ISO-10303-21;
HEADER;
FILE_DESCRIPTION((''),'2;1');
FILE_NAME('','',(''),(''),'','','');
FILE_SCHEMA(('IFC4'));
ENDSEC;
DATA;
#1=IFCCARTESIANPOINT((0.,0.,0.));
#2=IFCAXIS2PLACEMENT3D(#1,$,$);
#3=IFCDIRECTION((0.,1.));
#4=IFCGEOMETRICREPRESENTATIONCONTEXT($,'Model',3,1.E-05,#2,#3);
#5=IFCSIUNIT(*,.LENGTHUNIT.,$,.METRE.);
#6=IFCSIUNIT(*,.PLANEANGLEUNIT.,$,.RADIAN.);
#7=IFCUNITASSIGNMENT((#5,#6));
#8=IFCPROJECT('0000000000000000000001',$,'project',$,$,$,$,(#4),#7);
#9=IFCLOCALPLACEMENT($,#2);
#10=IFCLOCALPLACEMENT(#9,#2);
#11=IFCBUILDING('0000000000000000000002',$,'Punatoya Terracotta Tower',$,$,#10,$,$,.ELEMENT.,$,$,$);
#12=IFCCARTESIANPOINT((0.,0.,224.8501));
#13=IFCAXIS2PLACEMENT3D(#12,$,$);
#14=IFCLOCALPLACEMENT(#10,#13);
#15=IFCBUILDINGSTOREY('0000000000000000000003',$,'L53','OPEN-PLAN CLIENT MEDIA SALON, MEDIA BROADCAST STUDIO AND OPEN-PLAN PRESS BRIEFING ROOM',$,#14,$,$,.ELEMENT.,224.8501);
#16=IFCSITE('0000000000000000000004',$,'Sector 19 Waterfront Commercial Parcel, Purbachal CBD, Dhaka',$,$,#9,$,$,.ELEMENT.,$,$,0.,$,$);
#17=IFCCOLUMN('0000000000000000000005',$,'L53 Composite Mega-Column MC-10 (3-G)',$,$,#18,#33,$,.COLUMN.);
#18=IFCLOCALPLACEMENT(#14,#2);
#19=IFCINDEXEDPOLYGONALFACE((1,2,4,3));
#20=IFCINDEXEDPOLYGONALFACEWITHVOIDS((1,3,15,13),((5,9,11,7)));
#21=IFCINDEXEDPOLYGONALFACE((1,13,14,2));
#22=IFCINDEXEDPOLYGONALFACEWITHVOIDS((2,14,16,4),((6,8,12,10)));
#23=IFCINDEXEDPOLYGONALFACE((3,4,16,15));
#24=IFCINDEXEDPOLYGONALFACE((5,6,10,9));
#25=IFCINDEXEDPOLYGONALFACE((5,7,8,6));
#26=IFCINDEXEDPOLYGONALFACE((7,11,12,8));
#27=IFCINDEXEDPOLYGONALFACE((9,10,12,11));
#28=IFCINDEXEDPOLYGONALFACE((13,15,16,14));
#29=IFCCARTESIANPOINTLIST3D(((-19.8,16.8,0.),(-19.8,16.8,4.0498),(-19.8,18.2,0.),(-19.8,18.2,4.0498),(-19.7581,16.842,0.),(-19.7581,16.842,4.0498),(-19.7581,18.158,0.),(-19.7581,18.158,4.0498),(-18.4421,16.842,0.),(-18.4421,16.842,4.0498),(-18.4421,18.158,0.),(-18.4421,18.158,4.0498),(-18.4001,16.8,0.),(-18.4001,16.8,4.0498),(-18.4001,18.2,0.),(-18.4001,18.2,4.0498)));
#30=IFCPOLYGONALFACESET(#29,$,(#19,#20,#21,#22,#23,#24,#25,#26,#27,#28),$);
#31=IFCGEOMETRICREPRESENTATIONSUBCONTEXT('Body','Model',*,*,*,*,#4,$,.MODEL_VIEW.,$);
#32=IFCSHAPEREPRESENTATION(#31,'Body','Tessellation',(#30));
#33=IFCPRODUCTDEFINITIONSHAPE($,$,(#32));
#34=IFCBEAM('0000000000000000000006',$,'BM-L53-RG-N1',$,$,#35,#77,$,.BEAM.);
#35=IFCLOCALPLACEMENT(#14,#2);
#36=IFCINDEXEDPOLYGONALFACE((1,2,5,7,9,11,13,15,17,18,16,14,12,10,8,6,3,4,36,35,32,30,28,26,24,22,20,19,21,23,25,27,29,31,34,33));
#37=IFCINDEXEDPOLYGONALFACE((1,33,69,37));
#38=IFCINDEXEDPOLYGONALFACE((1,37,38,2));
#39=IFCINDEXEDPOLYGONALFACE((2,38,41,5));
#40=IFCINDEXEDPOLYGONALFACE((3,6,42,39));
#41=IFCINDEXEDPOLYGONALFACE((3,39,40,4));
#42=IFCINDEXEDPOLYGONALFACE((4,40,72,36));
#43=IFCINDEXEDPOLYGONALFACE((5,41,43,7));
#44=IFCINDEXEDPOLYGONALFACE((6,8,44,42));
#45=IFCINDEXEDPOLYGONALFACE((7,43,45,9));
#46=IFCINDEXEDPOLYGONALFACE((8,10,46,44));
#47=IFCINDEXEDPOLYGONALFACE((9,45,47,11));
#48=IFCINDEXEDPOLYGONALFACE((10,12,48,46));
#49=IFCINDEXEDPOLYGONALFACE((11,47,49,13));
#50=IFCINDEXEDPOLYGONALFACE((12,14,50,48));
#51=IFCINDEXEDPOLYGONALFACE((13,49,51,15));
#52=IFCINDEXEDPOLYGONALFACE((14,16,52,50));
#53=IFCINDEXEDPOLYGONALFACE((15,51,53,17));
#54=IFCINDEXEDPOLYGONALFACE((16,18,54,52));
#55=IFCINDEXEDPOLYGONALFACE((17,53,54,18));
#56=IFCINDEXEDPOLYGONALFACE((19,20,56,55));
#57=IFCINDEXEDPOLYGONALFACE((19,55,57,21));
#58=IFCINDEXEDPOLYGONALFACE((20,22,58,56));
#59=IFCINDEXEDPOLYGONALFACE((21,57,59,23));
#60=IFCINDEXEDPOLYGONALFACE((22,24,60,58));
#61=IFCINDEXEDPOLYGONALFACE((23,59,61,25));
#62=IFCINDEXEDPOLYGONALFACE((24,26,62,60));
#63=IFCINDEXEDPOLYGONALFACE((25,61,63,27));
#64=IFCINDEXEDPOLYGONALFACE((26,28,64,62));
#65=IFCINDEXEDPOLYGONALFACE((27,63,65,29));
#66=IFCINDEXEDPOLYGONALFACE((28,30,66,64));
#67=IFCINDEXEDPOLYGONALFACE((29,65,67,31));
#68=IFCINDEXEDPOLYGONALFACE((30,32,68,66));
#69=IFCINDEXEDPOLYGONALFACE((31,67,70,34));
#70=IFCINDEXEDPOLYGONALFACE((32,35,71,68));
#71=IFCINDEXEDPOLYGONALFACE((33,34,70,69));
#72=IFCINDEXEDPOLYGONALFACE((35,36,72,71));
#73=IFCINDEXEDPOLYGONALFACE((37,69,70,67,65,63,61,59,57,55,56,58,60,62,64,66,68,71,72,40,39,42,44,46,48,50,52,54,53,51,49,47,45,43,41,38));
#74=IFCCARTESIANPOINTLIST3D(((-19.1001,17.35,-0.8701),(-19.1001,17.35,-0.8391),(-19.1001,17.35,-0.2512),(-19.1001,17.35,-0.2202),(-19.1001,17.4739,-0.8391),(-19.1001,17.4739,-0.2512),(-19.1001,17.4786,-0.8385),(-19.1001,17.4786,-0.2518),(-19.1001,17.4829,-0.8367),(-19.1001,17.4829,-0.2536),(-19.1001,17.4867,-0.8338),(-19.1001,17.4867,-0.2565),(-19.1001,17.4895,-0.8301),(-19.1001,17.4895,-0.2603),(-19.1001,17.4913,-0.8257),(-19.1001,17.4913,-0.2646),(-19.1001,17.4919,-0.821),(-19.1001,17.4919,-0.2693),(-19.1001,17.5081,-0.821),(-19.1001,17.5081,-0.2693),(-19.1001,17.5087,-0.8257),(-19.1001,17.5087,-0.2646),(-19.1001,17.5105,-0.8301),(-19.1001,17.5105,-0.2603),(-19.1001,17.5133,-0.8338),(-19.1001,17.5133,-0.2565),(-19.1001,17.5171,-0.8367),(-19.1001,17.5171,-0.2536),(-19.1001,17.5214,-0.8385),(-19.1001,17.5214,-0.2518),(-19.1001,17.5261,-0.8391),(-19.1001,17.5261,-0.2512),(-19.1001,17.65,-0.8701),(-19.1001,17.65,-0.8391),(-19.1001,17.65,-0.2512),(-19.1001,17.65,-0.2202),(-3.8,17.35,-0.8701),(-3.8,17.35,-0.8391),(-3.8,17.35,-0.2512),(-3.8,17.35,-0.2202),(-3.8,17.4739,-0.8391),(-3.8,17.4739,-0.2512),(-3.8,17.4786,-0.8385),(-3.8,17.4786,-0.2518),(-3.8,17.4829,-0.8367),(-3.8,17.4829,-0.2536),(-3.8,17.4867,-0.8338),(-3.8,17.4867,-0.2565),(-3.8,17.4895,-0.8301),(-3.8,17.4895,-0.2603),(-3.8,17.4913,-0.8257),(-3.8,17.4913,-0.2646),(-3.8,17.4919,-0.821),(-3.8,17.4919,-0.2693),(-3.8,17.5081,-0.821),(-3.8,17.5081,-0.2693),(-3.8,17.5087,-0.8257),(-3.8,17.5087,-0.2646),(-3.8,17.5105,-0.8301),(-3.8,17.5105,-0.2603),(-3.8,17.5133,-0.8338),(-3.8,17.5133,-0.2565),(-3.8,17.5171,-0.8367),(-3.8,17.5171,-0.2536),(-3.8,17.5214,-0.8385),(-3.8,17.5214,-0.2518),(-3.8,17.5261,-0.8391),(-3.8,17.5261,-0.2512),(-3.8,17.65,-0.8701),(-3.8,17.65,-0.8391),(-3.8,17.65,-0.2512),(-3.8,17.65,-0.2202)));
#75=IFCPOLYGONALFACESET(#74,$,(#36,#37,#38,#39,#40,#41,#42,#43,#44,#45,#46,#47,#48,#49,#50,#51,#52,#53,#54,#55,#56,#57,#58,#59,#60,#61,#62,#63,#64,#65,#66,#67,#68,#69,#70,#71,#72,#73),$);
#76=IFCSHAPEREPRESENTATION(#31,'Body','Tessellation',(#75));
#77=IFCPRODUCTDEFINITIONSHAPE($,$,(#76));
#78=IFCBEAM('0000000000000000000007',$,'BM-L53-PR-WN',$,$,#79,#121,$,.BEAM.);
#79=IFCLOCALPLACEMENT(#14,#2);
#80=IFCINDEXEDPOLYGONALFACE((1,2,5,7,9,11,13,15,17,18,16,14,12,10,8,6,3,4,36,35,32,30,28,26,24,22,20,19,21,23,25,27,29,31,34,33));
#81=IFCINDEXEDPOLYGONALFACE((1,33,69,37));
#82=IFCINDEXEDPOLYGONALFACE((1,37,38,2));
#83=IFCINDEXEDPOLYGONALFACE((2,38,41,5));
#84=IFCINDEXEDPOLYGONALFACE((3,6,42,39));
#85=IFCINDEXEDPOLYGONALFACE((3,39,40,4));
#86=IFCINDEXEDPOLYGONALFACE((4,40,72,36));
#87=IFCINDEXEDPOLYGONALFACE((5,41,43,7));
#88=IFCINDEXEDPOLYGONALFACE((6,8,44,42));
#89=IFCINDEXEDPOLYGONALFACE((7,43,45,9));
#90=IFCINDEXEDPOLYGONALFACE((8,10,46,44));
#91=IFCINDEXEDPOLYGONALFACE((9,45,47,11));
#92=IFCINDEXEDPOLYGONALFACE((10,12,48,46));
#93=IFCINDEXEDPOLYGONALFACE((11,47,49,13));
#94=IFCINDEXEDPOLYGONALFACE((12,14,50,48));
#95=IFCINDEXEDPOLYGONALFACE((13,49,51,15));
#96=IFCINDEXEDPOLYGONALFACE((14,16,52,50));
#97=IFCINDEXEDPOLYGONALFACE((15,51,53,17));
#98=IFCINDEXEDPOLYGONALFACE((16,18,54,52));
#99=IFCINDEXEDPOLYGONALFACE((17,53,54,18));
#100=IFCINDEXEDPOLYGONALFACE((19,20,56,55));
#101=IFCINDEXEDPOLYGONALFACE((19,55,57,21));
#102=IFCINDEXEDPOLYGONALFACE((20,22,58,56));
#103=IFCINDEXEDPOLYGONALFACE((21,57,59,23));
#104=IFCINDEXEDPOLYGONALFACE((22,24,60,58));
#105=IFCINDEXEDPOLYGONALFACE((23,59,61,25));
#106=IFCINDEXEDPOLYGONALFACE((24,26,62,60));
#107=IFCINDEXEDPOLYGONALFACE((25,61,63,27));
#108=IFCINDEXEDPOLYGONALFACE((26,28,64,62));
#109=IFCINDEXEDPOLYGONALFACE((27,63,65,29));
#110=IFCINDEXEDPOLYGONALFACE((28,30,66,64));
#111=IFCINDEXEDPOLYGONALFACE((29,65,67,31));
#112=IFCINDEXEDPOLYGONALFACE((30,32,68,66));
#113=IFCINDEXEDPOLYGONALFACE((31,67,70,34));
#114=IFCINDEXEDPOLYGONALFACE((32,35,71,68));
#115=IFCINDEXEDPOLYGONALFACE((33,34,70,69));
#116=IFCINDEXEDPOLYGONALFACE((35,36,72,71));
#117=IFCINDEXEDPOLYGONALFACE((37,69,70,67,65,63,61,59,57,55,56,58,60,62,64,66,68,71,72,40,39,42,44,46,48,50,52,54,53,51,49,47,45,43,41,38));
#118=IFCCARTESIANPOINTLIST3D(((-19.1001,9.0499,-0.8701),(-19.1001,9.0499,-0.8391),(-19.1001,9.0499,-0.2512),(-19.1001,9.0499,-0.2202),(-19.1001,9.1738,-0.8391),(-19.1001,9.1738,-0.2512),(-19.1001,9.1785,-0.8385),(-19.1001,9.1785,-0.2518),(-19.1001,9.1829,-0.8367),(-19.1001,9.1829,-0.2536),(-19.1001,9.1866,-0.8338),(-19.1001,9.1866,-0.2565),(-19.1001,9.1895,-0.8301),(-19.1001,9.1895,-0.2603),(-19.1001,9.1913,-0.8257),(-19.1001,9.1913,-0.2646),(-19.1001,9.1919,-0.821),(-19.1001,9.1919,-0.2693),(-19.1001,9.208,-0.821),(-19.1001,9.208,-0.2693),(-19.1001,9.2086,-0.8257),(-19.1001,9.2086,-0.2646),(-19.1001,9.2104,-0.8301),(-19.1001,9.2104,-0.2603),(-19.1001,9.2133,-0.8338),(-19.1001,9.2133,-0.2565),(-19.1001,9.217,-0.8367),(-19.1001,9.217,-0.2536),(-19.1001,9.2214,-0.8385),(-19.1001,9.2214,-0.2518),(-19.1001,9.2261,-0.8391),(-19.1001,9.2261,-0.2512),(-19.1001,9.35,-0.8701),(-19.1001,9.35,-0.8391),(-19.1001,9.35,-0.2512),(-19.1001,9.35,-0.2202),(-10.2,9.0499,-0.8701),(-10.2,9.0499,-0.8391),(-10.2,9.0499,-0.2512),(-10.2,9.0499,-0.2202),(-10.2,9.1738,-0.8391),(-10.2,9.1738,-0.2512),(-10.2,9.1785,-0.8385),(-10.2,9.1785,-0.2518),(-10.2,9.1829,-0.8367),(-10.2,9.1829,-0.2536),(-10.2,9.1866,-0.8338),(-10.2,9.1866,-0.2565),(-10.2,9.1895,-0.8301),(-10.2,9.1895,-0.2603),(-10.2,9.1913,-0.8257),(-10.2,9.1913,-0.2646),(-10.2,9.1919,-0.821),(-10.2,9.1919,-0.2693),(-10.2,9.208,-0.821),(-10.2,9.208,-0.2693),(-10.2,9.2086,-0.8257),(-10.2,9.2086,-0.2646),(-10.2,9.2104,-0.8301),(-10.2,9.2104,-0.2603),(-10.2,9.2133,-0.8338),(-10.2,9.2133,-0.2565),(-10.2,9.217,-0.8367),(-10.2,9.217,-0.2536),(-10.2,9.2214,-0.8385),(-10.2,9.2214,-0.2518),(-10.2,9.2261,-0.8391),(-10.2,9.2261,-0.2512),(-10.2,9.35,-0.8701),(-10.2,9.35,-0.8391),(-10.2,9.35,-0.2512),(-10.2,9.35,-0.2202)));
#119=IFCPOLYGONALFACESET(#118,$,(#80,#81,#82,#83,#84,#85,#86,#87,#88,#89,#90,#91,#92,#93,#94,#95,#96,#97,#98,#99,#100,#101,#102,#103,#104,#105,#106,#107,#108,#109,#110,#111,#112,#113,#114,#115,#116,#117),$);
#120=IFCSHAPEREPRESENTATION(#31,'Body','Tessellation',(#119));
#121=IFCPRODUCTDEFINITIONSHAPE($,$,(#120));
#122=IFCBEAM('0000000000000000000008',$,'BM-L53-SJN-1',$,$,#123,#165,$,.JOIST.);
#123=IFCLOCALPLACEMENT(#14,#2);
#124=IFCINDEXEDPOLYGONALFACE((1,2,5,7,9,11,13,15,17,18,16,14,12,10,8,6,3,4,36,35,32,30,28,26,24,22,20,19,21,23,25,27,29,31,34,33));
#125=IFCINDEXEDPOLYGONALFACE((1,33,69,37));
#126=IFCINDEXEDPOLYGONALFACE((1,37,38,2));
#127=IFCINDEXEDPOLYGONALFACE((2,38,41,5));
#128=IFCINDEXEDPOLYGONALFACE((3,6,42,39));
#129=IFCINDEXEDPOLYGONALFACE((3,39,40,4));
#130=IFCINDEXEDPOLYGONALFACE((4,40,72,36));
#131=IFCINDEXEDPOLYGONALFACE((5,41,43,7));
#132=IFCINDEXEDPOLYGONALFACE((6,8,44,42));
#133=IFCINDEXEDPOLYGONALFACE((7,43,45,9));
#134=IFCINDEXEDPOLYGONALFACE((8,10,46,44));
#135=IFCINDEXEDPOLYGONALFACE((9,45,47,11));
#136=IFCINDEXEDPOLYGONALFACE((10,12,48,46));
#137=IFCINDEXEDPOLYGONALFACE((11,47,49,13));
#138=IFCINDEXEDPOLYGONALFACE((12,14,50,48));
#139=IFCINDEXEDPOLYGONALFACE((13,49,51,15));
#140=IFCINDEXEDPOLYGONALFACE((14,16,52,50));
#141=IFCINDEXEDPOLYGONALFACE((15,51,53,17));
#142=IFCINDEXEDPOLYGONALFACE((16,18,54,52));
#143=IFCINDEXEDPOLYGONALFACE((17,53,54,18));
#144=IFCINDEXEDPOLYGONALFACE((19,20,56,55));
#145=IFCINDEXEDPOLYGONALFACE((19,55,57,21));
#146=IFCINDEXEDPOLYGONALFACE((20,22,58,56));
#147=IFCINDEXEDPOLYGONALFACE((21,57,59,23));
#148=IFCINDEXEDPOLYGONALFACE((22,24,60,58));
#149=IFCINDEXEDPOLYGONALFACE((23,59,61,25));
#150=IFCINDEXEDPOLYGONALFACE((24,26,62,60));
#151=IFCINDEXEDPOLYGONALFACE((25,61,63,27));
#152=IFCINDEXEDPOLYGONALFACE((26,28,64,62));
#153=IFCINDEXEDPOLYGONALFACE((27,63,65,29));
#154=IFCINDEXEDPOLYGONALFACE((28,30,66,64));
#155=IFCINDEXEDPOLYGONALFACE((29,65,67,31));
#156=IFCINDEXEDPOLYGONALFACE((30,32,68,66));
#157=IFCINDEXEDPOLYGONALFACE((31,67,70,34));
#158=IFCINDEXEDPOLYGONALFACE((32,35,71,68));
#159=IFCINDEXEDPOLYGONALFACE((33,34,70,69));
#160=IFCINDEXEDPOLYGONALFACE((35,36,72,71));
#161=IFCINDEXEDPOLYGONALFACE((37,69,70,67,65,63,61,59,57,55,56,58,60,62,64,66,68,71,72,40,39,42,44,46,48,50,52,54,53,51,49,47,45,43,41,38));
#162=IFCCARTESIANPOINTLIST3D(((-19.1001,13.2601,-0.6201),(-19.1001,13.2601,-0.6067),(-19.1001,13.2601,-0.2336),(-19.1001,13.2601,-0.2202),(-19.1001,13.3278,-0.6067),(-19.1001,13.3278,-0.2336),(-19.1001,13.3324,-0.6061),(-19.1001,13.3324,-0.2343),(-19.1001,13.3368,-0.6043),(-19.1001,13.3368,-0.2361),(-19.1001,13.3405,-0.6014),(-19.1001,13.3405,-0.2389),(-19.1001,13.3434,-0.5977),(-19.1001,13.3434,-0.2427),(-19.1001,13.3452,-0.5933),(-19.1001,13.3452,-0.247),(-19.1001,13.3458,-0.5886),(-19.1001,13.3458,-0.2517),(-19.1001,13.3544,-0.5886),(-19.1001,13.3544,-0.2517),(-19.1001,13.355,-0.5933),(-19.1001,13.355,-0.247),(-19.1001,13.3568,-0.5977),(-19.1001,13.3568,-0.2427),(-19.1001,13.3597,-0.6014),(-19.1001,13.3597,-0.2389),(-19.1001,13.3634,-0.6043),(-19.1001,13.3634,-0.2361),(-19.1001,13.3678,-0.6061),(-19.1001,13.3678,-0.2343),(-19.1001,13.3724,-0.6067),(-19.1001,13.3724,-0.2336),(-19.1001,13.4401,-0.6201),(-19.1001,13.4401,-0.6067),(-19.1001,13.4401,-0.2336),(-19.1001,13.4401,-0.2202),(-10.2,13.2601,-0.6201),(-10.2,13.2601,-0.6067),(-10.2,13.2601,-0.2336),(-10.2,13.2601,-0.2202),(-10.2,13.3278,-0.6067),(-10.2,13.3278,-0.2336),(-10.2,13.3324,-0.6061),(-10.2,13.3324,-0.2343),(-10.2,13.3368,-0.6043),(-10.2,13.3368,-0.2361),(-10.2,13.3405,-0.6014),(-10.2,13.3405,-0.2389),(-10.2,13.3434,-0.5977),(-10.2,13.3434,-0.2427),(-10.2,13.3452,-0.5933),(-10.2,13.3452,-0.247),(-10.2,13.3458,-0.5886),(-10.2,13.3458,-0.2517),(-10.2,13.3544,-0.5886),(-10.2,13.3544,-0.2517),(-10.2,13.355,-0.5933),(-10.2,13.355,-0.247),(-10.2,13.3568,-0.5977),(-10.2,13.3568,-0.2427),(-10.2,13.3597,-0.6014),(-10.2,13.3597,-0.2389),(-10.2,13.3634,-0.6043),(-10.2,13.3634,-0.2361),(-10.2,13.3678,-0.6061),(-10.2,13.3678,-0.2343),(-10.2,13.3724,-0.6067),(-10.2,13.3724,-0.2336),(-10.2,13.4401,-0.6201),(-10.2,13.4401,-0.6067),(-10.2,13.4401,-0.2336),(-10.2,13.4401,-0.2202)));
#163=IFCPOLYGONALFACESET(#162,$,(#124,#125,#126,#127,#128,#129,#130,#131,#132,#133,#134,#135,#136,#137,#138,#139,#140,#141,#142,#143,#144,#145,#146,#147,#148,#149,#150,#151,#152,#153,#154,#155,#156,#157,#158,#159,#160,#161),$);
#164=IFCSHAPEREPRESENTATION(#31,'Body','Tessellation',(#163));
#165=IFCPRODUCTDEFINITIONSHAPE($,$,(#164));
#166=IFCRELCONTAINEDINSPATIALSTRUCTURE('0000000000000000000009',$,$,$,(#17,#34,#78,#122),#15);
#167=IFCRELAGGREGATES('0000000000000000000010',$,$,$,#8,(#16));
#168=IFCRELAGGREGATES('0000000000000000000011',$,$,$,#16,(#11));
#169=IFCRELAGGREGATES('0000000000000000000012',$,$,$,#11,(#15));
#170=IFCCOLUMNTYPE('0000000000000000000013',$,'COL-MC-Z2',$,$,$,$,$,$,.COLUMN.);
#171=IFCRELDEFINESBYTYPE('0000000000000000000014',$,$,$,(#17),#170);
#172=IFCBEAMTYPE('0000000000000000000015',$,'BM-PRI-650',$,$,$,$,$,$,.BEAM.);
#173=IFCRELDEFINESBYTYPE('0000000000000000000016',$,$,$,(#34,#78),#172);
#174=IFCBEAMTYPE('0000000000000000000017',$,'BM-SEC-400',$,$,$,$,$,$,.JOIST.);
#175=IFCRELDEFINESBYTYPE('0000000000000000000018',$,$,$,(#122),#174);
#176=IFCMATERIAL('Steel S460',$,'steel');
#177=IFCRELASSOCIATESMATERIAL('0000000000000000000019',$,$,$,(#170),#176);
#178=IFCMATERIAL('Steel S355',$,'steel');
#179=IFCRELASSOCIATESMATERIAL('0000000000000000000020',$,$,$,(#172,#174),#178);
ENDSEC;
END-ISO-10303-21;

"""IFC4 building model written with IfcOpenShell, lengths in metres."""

from ifc_helpers import new_model, si_unit, direction, frame, origin, origin_2d, place, context, subcontext, project, spatial, hollow_rectangle, i_section, extrude, material, material_profile, profile_set, type_object, element, save


model = new_model("IFC4")

# Units and contexts
model_context = context("Model", 3, precision=1e-05, world=origin(), true_north=direction((0.0, 1.0)))
body_context = subcontext(model_context, "Body", "Model", "MODEL_VIEW")
ifc_project = project(units=[si_unit("LENGTHUNIT", "METRE"), si_unit("PLANEANGLEUNIT", "RADIAN")], contexts=[model_context])

# Site, building, storey
site_placement = place(None, origin())
site = spatial("IfcSite", under=ifc_project, at=site_placement, Name="Sector 19 Waterfront Commercial Parcel, Purbachal CBD, Dhaka", CompositionType="ELEMENT", RefElevation=0.0)
building_placement = place(site_placement, origin())
building = spatial("IfcBuilding", under=site, at=building_placement, Name="Punatoya Terracotta Tower", CompositionType="ELEMENT")
storey_placement = place(building_placement, frame((0.0, 0.0, 224.8501)))
storey = spatial("IfcBuildingStorey", under=building, at=storey_placement, Name="L53", Description="OPEN-PLAN CLIENT MEDIA SALON, MEDIA BROADCAST STUDIO AND OPEN-PLAN PRESS BRIEFING ROOM", CompositionType="ELEMENT", Elevation=224.8501)

# Column
ifc_material_1 = material(Name="Steel S460", Category="steel")
ifc_material_profile_1 = material_profile(ifc_material_1, hollow_rectangle(XDim=1.3999, YDim=1.3999, WallThickness=0.042, at=origin_2d()))
ifc_profile_set_1 = profile_set([ifc_material_profile_1], Name="Steel S460")
column_type = type_object("IfcColumnType", Name="COL-MC-Z2", PredefinedType="COLUMN", material=ifc_profile_set_1)
column_placement = place(storey_placement, frame((-19.1001, 17.5, 0.0), z_axis=(0.0, 0.0, 1.0), x_axis=(1.0, 0.0, 0.0)))
element("IfcColumn", 1, at=column_placement, inside=storey, type_object=column_type, Name="L53 Composite Mega-Column MC-10 (3-G)", PredefinedType="COLUMN", context=body_context, shape_type="SweptSolid", body=[
    extrude(hollow_rectangle(XDim=1.3999, YDim=1.3999, WallThickness=0.042, at=origin_2d()), origin(), (0.0, 0.0, 1.0), 4.0498),
])

# Beams
ifc_material_2 = material(Name="Steel S355", Category="steel")
ifc_material_profile_2 = material_profile(ifc_material_2, i_section(OverallWidth=0.3, OverallDepth=0.6499, WebThickness=0.0161, FlangeThickness=0.031, FilletRadius=0.0181, at=origin_2d()))
ifc_profile_set_2 = profile_set([ifc_material_profile_2], Name="Steel S355")
beam_type_1 = type_object("IfcBeamType", Name="BM-PRI-650", PredefinedType="BEAM", material=ifc_profile_set_2)
beam_1_placement = place(storey_placement, frame((-19.1001, 17.5, -0.5452), z_axis=(1.0, 0.0, 0.0), x_axis=(0.0, 1.0, 0.0)))
element("IfcBeam", 2, at=beam_1_placement, inside=storey, type_object=beam_type_1, Name="BM-L53-RG-N1", PredefinedType="BEAM", context=body_context, shape_type="SweptSolid", body=[
    extrude(i_section(OverallWidth=0.3, OverallDepth=0.6499, WebThickness=0.0161, FlangeThickness=0.031, FilletRadius=0.0181, at=origin_2d()), origin(), (0.0, 0.0, 1.0), 15.3),
])
beam_2_placement = place(storey_placement, frame((-19.1001, 9.2, -0.5452), z_axis=(1.0, 0.0, 0.0), x_axis=(0.0, 1.0, 0.0)))
element("IfcBeam", 3, at=beam_2_placement, inside=storey, type_object=beam_type_1, Name="BM-L53-PR-WN", PredefinedType="BEAM", context=body_context, shape_type="SweptSolid", body=[
    extrude(i_section(OverallWidth=0.3, OverallDepth=0.6499, WebThickness=0.0161, FlangeThickness=0.031, FilletRadius=0.0181, at=origin_2d()), origin(), (0.0, 0.0, 1.0), 8.9001),
])
ifc_material_profile_3 = material_profile(ifc_material_2, i_section(OverallWidth=0.1799, OverallDepth=0.3999, WebThickness=0.0085, FlangeThickness=0.0134, FilletRadius=0.0181, at=origin_2d()))
ifc_profile_set_3 = profile_set([ifc_material_profile_3], Name="Steel S355")
beam_type_2 = type_object("IfcBeamType", Name="BM-SEC-400", PredefinedType="JOIST", material=ifc_profile_set_3)
beam_3_placement = place(storey_placement, frame((-19.1001, 13.3501, -0.4202), z_axis=(1.0, 0.0, 0.0), x_axis=(0.0, 1.0, 0.0)))
element("IfcBeam", 4, at=beam_3_placement, inside=storey, type_object=beam_type_2, Name="BM-L53-SJN-1", PredefinedType="JOIST", context=body_context, shape_type="SweptSolid", body=[
    extrude(i_section(OverallWidth=0.1799, OverallDepth=0.3999, WebThickness=0.0085, FlangeThickness=0.0134, FilletRadius=0.0181, at=origin_2d()), origin(), (0.0, 0.0, 1.0), 8.9001),
])

save(model, "model.ifc")
